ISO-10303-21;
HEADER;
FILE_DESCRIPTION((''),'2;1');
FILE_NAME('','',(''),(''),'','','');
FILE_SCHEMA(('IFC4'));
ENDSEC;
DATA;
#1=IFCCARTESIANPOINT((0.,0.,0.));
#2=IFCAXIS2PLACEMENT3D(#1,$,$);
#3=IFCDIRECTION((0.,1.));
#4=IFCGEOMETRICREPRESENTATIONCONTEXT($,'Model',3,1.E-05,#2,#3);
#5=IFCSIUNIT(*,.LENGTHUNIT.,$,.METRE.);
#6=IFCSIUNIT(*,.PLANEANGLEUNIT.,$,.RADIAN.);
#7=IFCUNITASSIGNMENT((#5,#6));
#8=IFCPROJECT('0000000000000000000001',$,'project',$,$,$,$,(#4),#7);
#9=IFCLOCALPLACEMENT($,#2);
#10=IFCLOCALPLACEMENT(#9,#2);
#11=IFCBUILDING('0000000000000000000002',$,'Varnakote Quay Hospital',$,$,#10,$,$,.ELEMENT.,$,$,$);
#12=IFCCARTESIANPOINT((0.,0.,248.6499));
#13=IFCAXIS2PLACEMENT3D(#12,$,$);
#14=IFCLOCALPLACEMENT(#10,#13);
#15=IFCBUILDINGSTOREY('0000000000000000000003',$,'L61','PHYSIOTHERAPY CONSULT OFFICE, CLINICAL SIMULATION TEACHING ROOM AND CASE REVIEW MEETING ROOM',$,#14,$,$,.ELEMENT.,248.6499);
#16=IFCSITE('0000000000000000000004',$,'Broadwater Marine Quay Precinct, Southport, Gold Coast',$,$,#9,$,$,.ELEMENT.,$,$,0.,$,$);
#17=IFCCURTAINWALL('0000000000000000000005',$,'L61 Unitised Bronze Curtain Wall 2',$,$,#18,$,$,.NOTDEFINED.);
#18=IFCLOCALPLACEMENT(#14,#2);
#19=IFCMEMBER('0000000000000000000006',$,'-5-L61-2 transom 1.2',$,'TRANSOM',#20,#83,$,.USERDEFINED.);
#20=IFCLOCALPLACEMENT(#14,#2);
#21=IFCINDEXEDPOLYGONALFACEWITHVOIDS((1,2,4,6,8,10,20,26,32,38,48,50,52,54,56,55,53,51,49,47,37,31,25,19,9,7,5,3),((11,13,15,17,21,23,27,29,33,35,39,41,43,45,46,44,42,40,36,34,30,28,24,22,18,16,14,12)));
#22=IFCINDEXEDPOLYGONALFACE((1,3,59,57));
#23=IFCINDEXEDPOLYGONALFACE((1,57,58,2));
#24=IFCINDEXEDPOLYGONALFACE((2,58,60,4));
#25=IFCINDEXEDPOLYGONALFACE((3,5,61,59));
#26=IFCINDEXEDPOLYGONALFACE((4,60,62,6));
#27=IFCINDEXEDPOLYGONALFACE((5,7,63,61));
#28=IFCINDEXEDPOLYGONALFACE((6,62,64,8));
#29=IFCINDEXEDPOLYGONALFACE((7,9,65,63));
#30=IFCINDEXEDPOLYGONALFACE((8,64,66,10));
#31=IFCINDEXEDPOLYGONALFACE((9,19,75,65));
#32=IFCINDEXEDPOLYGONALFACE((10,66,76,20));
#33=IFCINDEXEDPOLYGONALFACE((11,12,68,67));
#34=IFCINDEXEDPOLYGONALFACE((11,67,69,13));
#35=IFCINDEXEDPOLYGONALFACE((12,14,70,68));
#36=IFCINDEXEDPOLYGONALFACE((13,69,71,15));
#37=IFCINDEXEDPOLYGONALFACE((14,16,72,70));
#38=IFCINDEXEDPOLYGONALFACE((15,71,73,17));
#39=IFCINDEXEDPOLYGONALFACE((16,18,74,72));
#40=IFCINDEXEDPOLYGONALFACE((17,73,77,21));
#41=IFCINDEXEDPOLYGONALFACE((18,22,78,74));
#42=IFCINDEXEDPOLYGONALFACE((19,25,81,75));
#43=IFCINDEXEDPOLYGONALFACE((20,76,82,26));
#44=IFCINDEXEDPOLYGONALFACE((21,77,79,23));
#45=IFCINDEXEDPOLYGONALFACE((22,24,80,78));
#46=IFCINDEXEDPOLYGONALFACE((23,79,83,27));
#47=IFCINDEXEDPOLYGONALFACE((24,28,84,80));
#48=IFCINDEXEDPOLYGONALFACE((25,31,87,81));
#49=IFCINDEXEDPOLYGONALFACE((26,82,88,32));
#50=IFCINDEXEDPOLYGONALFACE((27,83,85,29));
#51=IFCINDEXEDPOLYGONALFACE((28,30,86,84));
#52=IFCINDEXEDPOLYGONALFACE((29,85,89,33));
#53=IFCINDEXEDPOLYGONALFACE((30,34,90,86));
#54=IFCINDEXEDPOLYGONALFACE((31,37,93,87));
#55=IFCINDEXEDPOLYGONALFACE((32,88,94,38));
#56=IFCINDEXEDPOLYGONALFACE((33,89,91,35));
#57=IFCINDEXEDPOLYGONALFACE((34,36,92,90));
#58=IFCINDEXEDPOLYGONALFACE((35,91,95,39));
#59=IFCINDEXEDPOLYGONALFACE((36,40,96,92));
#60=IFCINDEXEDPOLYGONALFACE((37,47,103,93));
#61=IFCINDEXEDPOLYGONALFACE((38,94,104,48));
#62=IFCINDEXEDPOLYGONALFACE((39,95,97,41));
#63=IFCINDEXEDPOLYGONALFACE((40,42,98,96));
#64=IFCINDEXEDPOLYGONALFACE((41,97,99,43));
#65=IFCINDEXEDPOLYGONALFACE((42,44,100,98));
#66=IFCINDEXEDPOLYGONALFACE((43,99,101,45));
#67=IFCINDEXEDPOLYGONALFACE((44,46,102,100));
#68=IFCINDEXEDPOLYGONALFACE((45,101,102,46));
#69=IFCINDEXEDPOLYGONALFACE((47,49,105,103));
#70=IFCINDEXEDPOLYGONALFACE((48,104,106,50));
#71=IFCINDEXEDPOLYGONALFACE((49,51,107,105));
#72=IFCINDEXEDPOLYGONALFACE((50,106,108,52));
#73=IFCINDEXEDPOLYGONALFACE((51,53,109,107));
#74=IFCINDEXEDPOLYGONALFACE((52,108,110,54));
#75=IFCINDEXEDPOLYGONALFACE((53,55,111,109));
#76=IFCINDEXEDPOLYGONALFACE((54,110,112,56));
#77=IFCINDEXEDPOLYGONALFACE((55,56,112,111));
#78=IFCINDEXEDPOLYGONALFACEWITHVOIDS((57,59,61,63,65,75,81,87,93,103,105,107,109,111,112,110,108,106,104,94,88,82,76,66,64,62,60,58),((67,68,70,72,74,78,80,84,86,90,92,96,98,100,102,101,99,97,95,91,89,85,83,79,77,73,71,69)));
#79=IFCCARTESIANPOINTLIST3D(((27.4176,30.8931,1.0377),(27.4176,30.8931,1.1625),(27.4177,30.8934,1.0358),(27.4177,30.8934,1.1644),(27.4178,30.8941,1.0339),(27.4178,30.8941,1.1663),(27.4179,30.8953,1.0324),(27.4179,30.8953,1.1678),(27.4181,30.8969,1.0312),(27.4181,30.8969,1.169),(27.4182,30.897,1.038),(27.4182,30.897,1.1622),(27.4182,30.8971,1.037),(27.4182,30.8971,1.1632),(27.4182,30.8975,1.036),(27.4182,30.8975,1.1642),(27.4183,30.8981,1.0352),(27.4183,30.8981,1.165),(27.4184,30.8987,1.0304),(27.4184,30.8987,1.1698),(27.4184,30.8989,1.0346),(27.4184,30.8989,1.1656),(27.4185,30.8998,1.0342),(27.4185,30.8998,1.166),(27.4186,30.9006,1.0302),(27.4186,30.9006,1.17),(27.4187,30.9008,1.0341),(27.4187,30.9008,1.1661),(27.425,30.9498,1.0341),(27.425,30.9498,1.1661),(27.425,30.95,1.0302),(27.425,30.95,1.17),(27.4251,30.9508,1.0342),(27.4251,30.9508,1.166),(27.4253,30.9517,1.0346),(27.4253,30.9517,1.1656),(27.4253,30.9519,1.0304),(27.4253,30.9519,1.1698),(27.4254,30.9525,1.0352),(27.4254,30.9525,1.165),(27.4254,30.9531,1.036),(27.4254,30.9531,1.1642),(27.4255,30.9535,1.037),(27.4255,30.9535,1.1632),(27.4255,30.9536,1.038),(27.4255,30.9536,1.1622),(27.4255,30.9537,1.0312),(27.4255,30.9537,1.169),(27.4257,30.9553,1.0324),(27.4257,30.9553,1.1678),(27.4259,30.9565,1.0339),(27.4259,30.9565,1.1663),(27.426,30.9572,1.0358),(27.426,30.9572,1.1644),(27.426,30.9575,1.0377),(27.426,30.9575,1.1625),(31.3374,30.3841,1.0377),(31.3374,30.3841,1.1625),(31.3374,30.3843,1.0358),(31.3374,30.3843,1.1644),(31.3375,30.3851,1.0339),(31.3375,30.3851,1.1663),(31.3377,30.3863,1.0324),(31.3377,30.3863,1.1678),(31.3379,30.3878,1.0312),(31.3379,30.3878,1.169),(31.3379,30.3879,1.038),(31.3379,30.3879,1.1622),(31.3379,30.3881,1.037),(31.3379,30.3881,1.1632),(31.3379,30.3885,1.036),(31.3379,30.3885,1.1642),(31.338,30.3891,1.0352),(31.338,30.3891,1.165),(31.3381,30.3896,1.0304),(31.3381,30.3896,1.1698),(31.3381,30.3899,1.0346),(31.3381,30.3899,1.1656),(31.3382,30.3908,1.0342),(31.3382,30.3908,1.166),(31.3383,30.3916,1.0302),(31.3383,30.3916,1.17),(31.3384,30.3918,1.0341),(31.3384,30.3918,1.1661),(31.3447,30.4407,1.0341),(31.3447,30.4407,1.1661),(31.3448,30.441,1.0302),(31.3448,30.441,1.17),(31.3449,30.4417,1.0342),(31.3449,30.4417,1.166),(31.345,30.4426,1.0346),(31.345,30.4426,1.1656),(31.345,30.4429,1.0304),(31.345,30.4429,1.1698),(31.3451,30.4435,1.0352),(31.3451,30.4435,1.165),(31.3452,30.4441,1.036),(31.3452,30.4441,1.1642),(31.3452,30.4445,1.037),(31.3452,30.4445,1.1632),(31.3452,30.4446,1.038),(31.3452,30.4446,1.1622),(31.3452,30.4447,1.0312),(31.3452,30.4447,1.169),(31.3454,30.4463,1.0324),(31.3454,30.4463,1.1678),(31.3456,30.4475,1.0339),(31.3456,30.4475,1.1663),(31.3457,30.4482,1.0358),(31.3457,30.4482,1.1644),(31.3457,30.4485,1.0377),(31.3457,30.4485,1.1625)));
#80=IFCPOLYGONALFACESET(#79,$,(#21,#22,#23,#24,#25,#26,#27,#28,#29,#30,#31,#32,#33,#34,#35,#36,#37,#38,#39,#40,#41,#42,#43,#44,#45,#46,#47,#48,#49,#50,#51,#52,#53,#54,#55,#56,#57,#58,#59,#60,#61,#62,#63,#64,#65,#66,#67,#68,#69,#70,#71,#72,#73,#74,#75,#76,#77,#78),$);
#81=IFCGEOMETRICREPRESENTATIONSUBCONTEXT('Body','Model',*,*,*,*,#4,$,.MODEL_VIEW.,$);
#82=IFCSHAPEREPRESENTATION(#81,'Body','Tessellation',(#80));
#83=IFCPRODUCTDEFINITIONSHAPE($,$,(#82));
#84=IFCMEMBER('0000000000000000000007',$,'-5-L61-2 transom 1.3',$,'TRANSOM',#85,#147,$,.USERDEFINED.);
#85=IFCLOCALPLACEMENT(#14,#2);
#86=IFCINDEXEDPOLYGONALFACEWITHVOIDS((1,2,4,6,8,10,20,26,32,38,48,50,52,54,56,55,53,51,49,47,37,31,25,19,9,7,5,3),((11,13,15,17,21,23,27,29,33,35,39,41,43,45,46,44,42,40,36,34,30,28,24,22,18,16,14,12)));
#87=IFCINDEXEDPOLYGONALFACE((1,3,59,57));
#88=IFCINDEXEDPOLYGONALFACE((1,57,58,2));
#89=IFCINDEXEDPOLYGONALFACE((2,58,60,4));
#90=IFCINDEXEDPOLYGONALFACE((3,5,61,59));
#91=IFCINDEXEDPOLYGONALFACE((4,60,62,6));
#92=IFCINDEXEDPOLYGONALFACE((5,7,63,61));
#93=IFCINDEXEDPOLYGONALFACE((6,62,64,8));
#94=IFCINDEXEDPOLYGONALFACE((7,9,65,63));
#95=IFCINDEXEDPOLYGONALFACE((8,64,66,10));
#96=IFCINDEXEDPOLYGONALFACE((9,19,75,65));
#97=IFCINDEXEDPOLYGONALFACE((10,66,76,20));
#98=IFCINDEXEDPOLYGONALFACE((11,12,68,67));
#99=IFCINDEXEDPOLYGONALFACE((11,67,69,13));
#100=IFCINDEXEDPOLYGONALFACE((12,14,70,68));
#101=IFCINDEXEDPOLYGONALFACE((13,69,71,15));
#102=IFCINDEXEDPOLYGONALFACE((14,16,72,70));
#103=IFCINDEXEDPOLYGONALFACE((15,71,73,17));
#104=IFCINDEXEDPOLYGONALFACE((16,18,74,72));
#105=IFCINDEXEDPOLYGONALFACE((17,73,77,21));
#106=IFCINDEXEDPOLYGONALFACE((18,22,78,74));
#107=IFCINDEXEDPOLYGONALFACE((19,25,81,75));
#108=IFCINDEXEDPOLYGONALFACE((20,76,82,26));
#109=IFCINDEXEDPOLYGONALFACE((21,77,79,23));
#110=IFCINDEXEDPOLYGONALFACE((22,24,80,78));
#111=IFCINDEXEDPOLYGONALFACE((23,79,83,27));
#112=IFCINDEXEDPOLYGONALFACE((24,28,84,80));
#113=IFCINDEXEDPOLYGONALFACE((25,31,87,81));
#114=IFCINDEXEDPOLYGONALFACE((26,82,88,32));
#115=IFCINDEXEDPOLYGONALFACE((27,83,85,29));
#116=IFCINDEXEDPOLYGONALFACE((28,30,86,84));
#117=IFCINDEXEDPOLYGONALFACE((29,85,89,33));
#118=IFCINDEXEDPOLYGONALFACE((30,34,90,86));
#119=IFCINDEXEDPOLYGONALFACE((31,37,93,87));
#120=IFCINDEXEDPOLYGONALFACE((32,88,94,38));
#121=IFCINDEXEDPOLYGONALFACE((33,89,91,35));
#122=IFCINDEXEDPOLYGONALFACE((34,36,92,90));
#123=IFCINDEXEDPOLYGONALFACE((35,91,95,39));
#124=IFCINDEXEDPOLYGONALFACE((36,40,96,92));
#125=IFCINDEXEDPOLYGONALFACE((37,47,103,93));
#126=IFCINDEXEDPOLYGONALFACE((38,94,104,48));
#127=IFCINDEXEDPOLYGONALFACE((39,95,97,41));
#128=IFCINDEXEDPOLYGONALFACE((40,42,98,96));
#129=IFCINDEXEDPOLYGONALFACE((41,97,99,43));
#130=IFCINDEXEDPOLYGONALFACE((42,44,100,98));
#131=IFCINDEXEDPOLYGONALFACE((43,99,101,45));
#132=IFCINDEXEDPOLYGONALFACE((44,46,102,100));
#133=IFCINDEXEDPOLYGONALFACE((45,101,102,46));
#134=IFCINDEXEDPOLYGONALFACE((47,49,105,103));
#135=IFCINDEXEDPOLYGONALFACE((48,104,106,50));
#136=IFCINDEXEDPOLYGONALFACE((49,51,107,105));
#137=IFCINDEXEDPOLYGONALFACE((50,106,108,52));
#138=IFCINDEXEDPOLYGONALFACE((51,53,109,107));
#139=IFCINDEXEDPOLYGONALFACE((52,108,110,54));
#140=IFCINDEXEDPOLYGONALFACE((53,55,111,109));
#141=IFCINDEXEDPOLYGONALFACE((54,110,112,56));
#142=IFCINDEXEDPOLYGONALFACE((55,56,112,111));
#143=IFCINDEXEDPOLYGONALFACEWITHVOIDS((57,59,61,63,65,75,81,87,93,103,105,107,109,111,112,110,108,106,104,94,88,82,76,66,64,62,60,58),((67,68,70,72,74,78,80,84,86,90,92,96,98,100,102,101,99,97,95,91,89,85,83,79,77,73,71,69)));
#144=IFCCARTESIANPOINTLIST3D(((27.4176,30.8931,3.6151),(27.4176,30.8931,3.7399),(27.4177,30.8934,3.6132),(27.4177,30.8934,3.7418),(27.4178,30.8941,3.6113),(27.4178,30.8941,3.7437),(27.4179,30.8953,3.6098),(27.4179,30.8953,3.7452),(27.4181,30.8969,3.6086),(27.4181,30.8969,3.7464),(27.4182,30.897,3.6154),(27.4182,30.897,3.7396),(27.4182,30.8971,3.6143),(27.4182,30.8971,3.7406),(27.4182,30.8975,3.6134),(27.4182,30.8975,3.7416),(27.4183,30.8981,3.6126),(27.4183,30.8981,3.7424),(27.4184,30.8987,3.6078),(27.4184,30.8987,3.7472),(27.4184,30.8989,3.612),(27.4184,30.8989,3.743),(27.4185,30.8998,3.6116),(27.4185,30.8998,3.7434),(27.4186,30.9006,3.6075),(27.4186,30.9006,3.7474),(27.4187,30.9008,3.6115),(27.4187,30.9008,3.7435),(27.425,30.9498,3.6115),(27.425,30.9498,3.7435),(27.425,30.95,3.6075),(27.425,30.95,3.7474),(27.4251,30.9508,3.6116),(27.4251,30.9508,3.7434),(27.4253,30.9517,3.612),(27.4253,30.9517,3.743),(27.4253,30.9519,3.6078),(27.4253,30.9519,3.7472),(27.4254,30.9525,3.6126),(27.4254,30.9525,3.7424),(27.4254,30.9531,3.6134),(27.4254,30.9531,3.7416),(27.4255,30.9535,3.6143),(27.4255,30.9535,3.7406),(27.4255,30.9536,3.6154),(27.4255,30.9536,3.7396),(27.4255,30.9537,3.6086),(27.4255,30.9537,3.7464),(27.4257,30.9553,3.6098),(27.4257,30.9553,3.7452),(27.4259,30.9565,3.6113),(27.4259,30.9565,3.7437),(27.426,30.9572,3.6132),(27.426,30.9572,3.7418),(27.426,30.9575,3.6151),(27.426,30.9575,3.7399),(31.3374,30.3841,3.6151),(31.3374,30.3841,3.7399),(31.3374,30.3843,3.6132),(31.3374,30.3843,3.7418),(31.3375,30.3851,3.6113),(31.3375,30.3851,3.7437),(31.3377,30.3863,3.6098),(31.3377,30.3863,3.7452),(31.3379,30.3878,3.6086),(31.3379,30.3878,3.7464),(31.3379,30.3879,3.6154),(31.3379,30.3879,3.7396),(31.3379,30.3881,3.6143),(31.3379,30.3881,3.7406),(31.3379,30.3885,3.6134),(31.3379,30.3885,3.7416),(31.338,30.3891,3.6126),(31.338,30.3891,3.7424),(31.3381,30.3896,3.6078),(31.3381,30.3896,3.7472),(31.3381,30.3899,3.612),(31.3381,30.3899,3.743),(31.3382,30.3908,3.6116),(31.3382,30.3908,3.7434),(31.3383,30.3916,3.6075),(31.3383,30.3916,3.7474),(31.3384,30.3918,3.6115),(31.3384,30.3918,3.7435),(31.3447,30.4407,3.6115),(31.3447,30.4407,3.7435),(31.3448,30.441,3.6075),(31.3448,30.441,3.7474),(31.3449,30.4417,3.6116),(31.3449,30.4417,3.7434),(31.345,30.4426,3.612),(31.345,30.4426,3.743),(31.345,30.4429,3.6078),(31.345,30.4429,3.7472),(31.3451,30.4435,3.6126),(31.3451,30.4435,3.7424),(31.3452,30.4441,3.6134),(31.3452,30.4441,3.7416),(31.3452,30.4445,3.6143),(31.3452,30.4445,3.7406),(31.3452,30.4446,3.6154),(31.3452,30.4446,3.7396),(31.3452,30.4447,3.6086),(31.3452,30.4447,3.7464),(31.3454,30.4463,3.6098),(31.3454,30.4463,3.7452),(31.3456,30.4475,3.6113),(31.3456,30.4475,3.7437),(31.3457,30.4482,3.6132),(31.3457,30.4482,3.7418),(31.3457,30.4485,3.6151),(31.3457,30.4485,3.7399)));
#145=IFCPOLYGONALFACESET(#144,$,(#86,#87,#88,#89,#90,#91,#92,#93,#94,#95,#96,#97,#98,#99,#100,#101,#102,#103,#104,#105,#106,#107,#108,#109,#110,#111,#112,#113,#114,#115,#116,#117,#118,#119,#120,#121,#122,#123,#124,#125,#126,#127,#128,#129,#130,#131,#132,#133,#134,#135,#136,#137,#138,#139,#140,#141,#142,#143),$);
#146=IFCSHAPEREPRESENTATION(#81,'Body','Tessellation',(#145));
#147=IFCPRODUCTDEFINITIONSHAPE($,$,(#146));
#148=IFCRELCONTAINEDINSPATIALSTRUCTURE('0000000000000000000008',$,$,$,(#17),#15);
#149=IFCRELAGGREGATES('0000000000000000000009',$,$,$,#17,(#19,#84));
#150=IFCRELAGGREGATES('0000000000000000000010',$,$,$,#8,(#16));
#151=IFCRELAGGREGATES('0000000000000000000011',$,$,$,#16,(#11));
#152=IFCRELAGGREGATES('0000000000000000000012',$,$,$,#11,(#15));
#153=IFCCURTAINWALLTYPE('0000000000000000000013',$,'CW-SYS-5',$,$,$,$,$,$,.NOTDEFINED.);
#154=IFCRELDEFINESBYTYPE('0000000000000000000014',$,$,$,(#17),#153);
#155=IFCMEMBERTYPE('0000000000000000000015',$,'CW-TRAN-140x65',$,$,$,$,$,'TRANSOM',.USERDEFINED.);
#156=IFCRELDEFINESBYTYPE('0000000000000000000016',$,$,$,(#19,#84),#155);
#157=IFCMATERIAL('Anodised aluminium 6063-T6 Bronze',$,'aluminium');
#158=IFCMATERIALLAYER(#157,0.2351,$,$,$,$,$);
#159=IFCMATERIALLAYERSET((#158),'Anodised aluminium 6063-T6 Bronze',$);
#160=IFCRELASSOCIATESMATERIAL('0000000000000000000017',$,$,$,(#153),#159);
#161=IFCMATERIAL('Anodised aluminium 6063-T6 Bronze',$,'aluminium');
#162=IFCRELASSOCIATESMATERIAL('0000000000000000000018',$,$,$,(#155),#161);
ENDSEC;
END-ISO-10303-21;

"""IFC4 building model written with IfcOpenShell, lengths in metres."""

from ifc_helpers import new_model, si_unit, direction, frame, origin, origin_2d, place, context, subcontext, project, spatial, hollow_rectangle, extrude, material, layer, layer_set, material_profile, profile_set, type_object, element, aggregate, save


model = new_model("IFC4")

# Units and contexts
model_context = context("Model", 3, precision=1e-05, world=origin(), true_north=direction((0.0, 1.0)))
body_context = subcontext(model_context, "Body", "Model", "MODEL_VIEW")
ifc_project = project(units=[si_unit("LENGTHUNIT", "METRE"), si_unit("PLANEANGLEUNIT", "RADIAN")], contexts=[model_context])

# Site, building, storey
site_placement = place(None, origin())
site = spatial("IfcSite", under=ifc_project, at=site_placement, Name="Broadwater Marine Quay Precinct, Southport, Gold Coast", CompositionType="ELEMENT", RefElevation=0.0)
building_placement = place(site_placement, origin())
building = spatial("IfcBuilding", under=site, at=building_placement, Name="Varnakote Quay Hospital", CompositionType="ELEMENT")
storey_placement = place(building_placement, frame((0.0, 0.0, 248.6499)))
storey = spatial("IfcBuildingStorey", under=building, at=storey_placement, Name="L61", Description="PHYSIOTHERAPY CONSULT OFFICE, CLINICAL SIMULATION TEACHING ROOM AND CASE REVIEW MEETING ROOM", CompositionType="ELEMENT", Elevation=248.6499)

# Shared definitions
ifc_material_1 = material(Name="Anodised aluminium 6063-T6 Bronze", Category="aluminium")
ifc_layer_1 = layer(ifc_material_1, 0.2351)
ifc_layer_set_1 = layer_set([ifc_layer_1], Name="Anodised aluminium 6063-T6 Bronze")
curtain_wall_type = type_object("IfcCurtainWallType", Name="CW-SYS-5", PredefinedType="NOTDEFINED", material=ifc_layer_set_1)

# Curtain wall, members
curtain_wall_1_placement = place(storey_placement, origin())
curtain_wall_1 = element("IfcCurtainWall", 1, at=curtain_wall_1_placement, inside=storey, type_object=curtain_wall_type, Name="L61 Unitised Bronze Curtain Wall 2", PredefinedType="NOTDEFINED")
ifc_material_2 = material(Name="Anodised aluminium 6063-T6 Bronze", Category="aluminium")
ifc_material_profile_1 = material_profile(ifc_material_2, hollow_rectangle(XDim=0.0649, YDim=0.1399, WallThickness=0.0039, InnerFilletRadius=0.0039, OuterFilletRadius=0.0076, at=origin_2d()), Name="CW-TRAN-140x65")
ifc_profile_set_1 = profile_set([ifc_material_profile_1], Name="Anodised aluminium 6063-T6 Bronze")
member_type_1 = type_object("IfcMemberType", Name="CW-TRAN-140x65", ElementType="TRANSOM", PredefinedType="USERDEFINED", material=ifc_profile_set_1)
member_1_placement = place(storey_placement, frame((31.3416, 30.4163, 1.1001), z_axis=(-0.991673, 0.128785, 0.0), x_axis=(-0.128785, -0.991673, 0.0)))
member_1 = element("IfcMember", 2, at=member_1_placement, type_object=member_type_1, Name="-5-L61-2 transom 1.2", ObjectType="TRANSOM", PredefinedType="USERDEFINED", context=body_context, shape_type="SweptSolid", body=[
    extrude(hollow_rectangle(XDim=0.0649, YDim=0.1399, WallThickness=0.0039, InnerFilletRadius=0.0039, OuterFilletRadius=0.0076, at=origin_2d()), origin(), (0.0, 0.0, 1.0), 3.9526),
])
member_2_placement = place(storey_placement, frame((31.3416, 30.4163, 3.6775), z_axis=(-0.991673, 0.128785, 0.0), x_axis=(-0.128785, -0.991673, 0.0)))
member_2 = element("IfcMember", 3, at=member_2_placement, type_object=member_type_1, Name="-5-L61-2 transom 1.3", ObjectType="TRANSOM", PredefinedType="USERDEFINED", context=body_context, shape_type="SweptSolid", body=[
    extrude(hollow_rectangle(XDim=0.0649, YDim=0.1399, WallThickness=0.0039, InnerFilletRadius=0.0039, OuterFilletRadius=0.0076, at=origin_2d()), origin(), (0.0, 0.0, 1.0), 3.9526),
])

aggregate(curtain_wall_1, [member_1, member_2])

save(model, "model.ifc")
